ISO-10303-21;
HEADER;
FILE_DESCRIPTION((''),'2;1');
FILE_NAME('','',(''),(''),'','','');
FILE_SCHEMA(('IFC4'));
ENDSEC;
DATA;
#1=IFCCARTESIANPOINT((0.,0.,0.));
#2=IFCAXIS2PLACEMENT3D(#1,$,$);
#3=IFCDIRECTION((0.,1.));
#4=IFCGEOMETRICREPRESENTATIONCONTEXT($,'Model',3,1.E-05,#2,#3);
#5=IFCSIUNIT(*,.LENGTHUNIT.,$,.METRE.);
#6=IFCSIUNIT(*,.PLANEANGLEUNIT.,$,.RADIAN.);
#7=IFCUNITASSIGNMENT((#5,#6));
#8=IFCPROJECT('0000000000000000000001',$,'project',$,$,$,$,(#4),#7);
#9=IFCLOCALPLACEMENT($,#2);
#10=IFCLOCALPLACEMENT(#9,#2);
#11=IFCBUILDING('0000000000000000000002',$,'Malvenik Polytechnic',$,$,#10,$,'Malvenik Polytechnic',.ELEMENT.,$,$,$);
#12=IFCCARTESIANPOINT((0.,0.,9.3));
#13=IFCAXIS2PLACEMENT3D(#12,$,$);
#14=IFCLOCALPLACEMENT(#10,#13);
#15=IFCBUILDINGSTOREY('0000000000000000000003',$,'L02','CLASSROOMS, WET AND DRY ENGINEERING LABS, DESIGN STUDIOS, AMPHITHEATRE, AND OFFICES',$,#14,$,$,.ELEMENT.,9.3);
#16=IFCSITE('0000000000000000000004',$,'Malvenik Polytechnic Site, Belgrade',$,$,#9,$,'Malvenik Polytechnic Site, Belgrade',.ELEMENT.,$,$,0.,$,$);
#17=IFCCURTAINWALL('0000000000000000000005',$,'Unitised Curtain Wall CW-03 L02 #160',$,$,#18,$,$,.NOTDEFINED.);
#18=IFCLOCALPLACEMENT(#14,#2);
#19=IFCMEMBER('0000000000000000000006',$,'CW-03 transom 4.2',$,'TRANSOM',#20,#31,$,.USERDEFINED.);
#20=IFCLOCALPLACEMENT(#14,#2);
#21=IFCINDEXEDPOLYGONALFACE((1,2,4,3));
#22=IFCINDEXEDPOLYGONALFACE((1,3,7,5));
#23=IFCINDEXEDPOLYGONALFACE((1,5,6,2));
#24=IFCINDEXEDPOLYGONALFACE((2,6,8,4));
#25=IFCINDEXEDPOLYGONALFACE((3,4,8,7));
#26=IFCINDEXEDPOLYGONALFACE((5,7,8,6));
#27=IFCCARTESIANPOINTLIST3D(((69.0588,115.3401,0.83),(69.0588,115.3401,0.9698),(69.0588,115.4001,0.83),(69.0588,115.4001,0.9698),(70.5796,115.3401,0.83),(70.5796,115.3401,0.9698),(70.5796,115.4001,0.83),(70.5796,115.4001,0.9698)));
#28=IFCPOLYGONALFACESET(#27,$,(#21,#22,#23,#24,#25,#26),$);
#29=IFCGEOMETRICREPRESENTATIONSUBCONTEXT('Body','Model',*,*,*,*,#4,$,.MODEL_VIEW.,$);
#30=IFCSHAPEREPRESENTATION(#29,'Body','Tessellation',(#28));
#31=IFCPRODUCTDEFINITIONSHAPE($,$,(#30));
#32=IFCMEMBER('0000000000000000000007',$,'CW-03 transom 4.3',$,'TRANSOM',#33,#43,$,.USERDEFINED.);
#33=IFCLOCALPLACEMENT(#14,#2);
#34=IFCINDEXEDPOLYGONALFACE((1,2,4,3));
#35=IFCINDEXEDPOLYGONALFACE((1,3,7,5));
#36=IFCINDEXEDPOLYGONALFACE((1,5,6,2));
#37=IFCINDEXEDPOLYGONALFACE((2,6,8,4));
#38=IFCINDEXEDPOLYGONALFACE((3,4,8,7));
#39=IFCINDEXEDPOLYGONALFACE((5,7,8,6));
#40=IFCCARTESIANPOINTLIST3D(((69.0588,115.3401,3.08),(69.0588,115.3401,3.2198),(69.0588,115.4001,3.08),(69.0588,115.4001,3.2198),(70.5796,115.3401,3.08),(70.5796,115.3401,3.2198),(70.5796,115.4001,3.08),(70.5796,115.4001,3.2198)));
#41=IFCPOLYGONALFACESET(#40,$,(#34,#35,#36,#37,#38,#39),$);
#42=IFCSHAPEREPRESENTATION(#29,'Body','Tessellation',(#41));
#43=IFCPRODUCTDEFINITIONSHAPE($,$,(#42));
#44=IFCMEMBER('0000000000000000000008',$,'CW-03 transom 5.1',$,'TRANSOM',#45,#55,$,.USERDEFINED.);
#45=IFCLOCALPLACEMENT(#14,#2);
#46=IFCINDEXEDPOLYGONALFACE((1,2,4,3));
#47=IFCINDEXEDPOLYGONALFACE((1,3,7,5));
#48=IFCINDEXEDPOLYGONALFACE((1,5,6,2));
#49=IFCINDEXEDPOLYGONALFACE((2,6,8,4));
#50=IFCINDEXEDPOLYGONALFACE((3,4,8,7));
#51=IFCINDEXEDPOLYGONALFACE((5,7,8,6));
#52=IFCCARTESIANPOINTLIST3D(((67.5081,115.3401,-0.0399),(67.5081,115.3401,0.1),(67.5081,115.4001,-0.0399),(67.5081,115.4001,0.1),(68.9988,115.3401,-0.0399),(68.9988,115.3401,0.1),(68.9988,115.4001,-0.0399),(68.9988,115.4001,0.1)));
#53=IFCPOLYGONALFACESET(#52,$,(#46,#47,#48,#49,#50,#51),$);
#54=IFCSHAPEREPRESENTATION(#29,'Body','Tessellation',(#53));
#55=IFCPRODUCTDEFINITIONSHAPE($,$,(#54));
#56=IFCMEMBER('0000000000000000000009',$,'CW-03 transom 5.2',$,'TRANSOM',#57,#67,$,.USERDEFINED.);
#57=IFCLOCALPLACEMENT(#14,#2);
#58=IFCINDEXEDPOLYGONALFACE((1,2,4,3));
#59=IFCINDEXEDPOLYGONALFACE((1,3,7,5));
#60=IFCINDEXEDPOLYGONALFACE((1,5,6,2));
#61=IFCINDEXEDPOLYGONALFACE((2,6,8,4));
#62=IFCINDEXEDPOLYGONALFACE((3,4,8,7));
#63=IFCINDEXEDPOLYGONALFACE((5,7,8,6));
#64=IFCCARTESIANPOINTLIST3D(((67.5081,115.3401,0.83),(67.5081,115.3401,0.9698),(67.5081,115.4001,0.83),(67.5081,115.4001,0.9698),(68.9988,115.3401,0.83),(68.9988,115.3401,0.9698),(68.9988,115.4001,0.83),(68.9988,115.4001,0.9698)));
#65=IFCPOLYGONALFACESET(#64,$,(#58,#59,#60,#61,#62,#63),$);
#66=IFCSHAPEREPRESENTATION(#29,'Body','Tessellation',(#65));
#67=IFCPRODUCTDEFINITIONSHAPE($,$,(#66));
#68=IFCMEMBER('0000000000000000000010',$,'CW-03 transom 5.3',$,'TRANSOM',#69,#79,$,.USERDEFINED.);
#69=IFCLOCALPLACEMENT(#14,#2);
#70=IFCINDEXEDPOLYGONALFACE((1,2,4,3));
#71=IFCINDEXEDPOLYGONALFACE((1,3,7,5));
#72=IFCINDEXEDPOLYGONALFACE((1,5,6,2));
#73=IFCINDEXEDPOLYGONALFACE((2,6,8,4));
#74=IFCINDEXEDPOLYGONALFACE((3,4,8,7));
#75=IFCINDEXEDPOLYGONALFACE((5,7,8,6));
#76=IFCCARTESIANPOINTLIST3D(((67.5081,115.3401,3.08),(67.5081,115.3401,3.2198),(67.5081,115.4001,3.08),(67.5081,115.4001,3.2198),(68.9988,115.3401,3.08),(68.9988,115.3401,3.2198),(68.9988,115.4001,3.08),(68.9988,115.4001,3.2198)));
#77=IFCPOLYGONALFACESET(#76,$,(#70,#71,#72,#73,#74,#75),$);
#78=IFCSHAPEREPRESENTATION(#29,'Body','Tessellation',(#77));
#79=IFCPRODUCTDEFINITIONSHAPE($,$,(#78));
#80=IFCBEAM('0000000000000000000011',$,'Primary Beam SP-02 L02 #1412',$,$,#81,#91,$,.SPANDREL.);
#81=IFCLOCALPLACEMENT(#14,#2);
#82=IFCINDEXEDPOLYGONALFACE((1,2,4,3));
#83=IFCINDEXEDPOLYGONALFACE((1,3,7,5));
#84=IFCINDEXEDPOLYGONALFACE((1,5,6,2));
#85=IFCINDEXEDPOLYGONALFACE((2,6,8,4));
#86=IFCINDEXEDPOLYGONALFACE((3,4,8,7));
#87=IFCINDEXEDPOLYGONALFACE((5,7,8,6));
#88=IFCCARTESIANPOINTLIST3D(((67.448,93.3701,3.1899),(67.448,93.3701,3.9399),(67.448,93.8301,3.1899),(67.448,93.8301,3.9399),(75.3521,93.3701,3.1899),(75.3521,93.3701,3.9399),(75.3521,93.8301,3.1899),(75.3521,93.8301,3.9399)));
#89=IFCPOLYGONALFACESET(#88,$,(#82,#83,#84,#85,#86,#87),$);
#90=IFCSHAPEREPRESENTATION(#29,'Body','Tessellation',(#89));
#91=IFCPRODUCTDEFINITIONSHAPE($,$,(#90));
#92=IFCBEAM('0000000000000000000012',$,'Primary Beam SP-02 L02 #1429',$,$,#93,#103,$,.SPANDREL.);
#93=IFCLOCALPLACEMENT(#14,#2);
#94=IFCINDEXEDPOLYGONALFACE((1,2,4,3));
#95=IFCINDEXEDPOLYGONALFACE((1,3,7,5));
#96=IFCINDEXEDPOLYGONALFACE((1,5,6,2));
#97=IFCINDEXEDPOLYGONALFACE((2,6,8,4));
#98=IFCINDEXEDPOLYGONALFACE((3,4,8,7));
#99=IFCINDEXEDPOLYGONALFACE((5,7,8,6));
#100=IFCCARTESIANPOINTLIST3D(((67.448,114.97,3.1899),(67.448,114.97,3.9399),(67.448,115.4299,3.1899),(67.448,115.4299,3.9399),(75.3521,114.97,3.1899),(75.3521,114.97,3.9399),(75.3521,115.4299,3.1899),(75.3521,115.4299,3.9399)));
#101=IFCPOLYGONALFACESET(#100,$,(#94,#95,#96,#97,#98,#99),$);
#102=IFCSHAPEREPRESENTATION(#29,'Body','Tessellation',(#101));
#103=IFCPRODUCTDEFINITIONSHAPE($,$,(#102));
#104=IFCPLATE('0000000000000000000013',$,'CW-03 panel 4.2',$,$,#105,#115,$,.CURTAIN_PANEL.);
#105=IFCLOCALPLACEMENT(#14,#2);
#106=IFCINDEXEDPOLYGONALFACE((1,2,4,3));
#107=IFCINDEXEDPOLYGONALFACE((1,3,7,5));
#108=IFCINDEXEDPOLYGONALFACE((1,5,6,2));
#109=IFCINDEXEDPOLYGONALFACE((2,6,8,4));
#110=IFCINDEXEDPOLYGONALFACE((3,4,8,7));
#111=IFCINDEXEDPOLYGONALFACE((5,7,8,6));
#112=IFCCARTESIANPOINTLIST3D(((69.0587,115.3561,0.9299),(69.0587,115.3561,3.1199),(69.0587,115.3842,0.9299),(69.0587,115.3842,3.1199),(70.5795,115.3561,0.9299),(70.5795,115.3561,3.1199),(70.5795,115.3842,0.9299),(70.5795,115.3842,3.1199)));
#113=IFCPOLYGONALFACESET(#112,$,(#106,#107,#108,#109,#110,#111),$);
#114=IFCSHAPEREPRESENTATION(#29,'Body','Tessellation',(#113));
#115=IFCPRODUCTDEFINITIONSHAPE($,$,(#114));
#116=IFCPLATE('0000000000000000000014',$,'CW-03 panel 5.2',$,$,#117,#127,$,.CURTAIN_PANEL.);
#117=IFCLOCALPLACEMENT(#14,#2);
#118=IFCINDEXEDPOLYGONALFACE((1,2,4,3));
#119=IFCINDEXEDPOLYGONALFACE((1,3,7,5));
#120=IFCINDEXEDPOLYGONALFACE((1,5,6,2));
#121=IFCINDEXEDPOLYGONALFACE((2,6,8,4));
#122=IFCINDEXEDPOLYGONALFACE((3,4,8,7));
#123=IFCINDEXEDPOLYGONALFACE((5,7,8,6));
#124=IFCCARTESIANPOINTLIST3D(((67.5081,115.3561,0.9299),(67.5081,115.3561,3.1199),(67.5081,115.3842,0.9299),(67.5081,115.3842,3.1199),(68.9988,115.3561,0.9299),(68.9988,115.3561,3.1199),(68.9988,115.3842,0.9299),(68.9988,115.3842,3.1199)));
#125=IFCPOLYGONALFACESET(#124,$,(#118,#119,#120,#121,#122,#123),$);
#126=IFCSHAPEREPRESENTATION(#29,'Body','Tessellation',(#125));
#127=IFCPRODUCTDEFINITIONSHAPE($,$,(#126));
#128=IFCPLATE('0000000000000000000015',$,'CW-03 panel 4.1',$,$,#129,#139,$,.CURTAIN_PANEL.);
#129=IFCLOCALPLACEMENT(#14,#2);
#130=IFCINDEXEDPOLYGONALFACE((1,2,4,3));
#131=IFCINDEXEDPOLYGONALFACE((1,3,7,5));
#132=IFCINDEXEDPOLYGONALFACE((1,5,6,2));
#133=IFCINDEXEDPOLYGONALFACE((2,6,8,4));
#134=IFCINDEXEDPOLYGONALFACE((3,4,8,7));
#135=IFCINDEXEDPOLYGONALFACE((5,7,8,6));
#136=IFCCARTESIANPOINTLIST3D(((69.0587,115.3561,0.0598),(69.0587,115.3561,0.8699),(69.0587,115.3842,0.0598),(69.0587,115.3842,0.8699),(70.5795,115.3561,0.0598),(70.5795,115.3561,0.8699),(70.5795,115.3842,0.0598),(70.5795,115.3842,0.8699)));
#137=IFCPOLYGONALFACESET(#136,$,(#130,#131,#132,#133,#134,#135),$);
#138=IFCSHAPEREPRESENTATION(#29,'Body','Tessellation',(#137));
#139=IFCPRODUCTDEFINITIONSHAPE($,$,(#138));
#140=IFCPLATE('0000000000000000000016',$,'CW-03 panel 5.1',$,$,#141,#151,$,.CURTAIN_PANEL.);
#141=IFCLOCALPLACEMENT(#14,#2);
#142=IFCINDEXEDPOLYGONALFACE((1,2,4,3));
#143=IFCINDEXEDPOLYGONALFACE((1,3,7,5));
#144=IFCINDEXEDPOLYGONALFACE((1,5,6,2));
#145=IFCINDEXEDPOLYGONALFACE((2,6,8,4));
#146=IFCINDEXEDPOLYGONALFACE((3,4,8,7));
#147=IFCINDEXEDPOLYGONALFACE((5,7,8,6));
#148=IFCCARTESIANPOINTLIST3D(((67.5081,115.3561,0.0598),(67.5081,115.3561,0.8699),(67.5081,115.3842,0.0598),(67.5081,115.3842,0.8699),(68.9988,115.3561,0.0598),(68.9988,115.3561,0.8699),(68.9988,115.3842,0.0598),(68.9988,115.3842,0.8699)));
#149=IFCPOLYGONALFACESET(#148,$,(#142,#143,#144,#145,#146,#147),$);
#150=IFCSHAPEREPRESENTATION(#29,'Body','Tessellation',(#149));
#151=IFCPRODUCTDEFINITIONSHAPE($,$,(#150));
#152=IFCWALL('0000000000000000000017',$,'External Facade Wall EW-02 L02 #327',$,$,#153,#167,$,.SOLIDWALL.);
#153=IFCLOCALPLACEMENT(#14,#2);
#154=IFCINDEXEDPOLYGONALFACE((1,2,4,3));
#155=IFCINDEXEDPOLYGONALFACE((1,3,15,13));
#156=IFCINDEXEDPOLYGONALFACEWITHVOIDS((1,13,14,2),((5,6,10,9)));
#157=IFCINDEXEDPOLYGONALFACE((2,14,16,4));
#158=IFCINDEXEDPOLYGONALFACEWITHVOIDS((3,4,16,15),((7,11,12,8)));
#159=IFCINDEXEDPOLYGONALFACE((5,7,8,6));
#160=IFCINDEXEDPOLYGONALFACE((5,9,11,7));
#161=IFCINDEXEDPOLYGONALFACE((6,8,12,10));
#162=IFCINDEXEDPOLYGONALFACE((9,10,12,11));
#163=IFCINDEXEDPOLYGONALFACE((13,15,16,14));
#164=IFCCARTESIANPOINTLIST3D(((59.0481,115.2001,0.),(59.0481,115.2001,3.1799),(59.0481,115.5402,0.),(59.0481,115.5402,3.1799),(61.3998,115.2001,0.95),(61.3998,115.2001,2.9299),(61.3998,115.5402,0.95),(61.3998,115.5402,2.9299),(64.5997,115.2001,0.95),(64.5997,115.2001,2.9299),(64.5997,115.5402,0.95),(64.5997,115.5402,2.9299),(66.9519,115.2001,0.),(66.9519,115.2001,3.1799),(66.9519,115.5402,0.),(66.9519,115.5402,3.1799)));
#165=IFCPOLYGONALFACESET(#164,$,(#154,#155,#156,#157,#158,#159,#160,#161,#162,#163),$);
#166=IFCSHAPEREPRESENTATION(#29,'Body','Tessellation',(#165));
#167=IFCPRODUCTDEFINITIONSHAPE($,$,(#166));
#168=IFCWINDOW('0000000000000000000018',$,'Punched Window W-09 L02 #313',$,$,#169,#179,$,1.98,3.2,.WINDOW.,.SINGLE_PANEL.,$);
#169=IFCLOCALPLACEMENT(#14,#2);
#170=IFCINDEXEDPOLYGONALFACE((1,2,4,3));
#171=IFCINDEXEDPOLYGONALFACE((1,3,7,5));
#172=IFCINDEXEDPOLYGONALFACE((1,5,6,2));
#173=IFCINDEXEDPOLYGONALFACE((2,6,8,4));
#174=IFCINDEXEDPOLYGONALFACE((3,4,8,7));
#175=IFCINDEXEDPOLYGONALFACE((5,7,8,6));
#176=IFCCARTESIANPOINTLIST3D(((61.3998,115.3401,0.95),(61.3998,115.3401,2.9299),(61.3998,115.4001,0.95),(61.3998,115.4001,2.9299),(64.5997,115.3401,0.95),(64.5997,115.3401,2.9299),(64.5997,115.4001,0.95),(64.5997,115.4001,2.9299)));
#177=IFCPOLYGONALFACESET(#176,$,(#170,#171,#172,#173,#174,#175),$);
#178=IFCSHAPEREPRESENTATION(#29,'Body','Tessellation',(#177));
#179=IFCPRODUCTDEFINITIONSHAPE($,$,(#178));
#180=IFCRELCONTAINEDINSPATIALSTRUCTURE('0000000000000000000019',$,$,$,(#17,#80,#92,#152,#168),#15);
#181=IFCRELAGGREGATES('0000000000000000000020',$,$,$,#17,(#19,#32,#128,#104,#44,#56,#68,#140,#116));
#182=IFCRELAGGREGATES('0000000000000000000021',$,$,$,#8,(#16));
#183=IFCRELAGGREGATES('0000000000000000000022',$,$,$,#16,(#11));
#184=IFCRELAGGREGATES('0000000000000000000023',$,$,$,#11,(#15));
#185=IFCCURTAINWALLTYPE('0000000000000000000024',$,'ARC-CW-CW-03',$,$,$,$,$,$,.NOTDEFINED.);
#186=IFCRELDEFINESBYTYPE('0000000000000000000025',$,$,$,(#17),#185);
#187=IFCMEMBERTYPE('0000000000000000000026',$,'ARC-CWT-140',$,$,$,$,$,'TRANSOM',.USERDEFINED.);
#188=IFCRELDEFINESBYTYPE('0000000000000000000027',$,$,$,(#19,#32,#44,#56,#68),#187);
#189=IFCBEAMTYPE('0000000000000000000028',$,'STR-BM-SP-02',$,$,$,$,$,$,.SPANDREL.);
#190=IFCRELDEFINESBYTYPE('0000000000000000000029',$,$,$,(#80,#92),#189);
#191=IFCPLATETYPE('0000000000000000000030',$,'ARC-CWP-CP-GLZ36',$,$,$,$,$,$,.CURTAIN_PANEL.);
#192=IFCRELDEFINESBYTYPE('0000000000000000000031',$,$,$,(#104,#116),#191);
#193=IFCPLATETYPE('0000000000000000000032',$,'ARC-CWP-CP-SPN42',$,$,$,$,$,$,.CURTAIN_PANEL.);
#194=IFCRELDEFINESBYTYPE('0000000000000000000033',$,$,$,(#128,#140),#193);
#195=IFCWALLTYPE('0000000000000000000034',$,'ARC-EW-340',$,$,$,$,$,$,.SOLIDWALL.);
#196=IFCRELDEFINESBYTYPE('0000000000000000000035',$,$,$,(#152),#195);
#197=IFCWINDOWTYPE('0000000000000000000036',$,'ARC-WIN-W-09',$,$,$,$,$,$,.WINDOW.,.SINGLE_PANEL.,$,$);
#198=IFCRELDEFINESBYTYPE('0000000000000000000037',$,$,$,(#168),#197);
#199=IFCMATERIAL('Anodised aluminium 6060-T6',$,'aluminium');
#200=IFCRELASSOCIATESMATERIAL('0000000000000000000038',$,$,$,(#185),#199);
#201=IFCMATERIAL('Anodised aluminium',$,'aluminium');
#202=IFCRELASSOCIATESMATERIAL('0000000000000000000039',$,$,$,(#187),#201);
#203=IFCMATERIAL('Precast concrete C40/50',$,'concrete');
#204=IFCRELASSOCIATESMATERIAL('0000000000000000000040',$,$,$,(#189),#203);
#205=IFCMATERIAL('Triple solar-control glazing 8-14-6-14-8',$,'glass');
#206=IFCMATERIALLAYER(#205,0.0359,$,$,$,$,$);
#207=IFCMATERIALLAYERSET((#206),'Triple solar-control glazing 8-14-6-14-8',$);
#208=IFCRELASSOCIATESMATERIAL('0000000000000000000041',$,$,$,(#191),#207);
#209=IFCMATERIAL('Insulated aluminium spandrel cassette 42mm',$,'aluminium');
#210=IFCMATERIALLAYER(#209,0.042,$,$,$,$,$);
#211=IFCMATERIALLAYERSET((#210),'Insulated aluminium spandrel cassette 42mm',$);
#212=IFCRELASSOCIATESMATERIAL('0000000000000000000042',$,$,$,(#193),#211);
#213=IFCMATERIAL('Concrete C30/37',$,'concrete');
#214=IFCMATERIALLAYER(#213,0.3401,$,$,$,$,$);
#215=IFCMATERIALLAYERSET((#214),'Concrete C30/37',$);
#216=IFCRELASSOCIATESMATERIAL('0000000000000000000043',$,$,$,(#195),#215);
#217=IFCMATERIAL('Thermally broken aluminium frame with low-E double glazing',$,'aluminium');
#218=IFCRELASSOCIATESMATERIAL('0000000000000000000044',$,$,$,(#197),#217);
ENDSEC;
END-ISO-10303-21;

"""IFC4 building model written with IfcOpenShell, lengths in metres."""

from ifc_helpers import new_model, si_unit, direction, frame, frame_2d, origin, origin_2d, place, context, subcontext, project, spatial, rectangle, extrude, material, layer, layer_set, material_profile, profile_set, type_object, element, fill, aggregate, save


model = new_model("IFC4")

# Units and contexts
model_context = context("Model", 3, precision=1e-05, world=origin(), true_north=direction((0.0, 1.0)))
body_context = subcontext(model_context, "Body", "Model", "MODEL_VIEW")
ifc_project = project(units=[si_unit("LENGTHUNIT", "METRE"), si_unit("PLANEANGLEUNIT", "RADIAN")], contexts=[model_context])

# Site, building, storey
site_placement = place(None, origin())
site = spatial("IfcSite", under=ifc_project, at=site_placement, Name="Malvenik Polytechnic Site, Belgrade", LongName="Malvenik Polytechnic Site, Belgrade", CompositionType="ELEMENT", RefElevation=0.0)
building_placement = place(site_placement, origin())
building = spatial("IfcBuilding", under=site, at=building_placement, Name="Malvenik Polytechnic", LongName="Malvenik Polytechnic", CompositionType="ELEMENT")
storey_placement = place(building_placement, frame((0.0, 0.0, 9.3)))
storey = spatial("IfcBuildingStorey", under=building, at=storey_placement, Name="L02", Description="CLASSROOMS, WET AND DRY ENGINEERING LABS, DESIGN STUDIOS, AMPHITHEATRE, AND OFFICES", CompositionType="ELEMENT", Elevation=9.3)

# Curtain wall, members
ifc_material_1 = material(Name="Anodised aluminium 6060-T6", Category="aluminium")
curtain_wall_type = type_object("IfcCurtainWallType", Name="ARC-CW-CW-03", PredefinedType="NOTDEFINED", material=ifc_material_1)
curtain_wall_placement = place(storey_placement, origin())
curtain_wall = element("IfcCurtainWall", 1, at=curtain_wall_placement, inside=storey, type_object=curtain_wall_type, Name="Unitised Curtain Wall CW-03 L02 #160", PredefinedType="NOTDEFINED")
ifc_material_2 = material(Name="Anodised aluminium", Category="aluminium")
ifc_material_profile_1 = material_profile(ifc_material_2, rectangle(XDim=0.0601, YDim=0.1399, at=origin_2d()), Name="ALU TRANSOM 60x140")
ifc_profile_set_1 = profile_set([ifc_material_profile_1], Name="Anodised aluminium")
member_type_1 = type_object("IfcMemberType", Name="ARC-CWT-140", ElementType="TRANSOM", PredefinedType="USERDEFINED", material=ifc_profile_set_1)
member_1_placement = place(storey_placement, frame((70.5796, 115.3701, 0.8999), z_axis=(-1.0, 0.0, 0.0), x_axis=(0.0, -1.0, 0.0)))
member_1 = element("IfcMember", 2, at=member_1_placement, type_object=member_type_1, Name="CW-03 transom 4.2", ObjectType="TRANSOM", PredefinedType="USERDEFINED", context=body_context, shape_type="SweptSolid", body=[
    extrude(rectangle(XDim=0.0601, YDim=0.1399, at=origin_2d()), origin(), (0.0, 0.0, 1.0), 1.5208),
])
member_2_placement = place(storey_placement, frame((70.5796, 115.3701, 3.1499), z_axis=(-1.0, 0.0, 0.0), x_axis=(0.0, -1.0, 0.0)))
member_2 = element("IfcMember", 3, at=member_2_placement, type_object=member_type_1, Name="CW-03 transom 4.3", ObjectType="TRANSOM", PredefinedType="USERDEFINED", context=body_context, shape_type="SweptSolid", body=[
    extrude(rectangle(XDim=0.0601, YDim=0.1399, at=origin_2d()), origin(), (0.0, 0.0, 1.0), 1.5208),
])
member_3_placement = place(storey_placement, frame((68.9988, 115.3701, 0.03), z_axis=(-1.0, 0.0, 0.0), x_axis=(0.0, -1.0, 0.0)))
member_3 = element("IfcMember", 4, at=member_3_placement, type_object=member_type_1, Name="CW-03 transom 5.1", ObjectType="TRANSOM", PredefinedType="USERDEFINED", context=body_context, shape_type="SweptSolid", body=[
    extrude(rectangle(XDim=0.0601, YDim=0.1399, at=origin_2d()), origin(), (0.0, 0.0, 1.0), 1.4907),
])
member_4_placement = place(storey_placement, frame((68.9988, 115.3701, 0.8999), z_axis=(-1.0, 0.0, 0.0), x_axis=(0.0, -1.0, 0.0)))
member_4 = element("IfcMember", 5, at=member_4_placement, type_object=member_type_1, Name="CW-03 transom 5.2", ObjectType="TRANSOM", PredefinedType="USERDEFINED", context=body_context, shape_type="SweptSolid", body=[
    extrude(rectangle(XDim=0.0601, YDim=0.1399, at=origin_2d()), origin(), (0.0, 0.0, 1.0), 1.4907),
])
member_5_placement = place(storey_placement, frame((68.9988, 115.3701, 3.1499), z_axis=(-1.0, 0.0, 0.0), x_axis=(0.0, -1.0, 0.0)))
member_5 = element("IfcMember", 6, at=member_5_placement, type_object=member_type_1, Name="CW-03 transom 5.3", ObjectType="TRANSOM", PredefinedType="USERDEFINED", context=body_context, shape_type="SweptSolid", body=[
    extrude(rectangle(XDim=0.0601, YDim=0.1399, at=origin_2d()), origin(), (0.0, 0.0, 1.0), 1.4907),
])

# Beams
ifc_material_3 = material(Name="Precast concrete C40/50", Category="concrete")
ifc_material_profile_2 = material_profile(ifc_material_3, rectangle(XDim=0.46, YDim=0.75, at=origin_2d()), Name="PC SPN 460x750")
ifc_profile_set_2 = profile_set([ifc_material_profile_2], Name="Precast concrete C40/50")
beam_type = type_object("IfcBeamType", Name="STR-BM-SP-02", PredefinedType="SPANDREL", material=ifc_profile_set_2)
for number, where, z_axis, x_axis, name in (
    (7, (67.448, 93.6001, 3.5649), (1.0, 0.0, 0.0), (0.0, 1.0, 0.0), "Primary Beam SP-02 L02 #1412"),
    (8, (67.448, 115.2, 3.5649), (1.0, 0.0, 0.0), (0.0, 1.0, 0.0), "Primary Beam SP-02 L02 #1429"),
):
    element("IfcBeam", number, at=place(storey_placement, frame(where, z_axis=z_axis, x_axis=x_axis)), inside=storey, type_object=beam_type, Name=name, PredefinedType="SPANDREL", context=body_context, shape_type="SweptSolid", body=[
        extrude(rectangle(XDim=0.46, YDim=0.75, at=origin_2d()), origin(), (0.0, 0.0, 1.0), 7.9041),
    ])

# Plates
ifc_material_4 = material(Name="Triple solar-control glazing 8-14-6-14-8", Category="glass")
ifc_layer_1 = layer(ifc_material_4, 0.0359)
ifc_layer_set_1 = layer_set([ifc_layer_1], Name="Triple solar-control glazing 8-14-6-14-8")
plate_type_1 = type_object("IfcPlateType", Name="ARC-CWP-CP-GLZ36", PredefinedType="CURTAIN_PANEL", material=ifc_layer_set_1)
plate_1_placement = place(storey_placement, frame((69.8191, 115.3701, 0.9299), z_axis=(0.0, 0.0, 1.0), x_axis=(-1.0, 0.0, 0.0)))
plate_1 = element("IfcPlate", 9, at=plate_1_placement, type_object=plate_type_1, Name="CW-03 panel 4.2", PredefinedType="CURTAIN_PANEL", context=body_context, shape_type="SweptSolid", body=[
    extrude(rectangle(XDim=1.5208, YDim=0.0281, at=origin_2d()), origin(), (0.0, 0.0, 1.0), 2.1899),
])
plate_2_placement = place(storey_placement, frame((68.2534, 115.3701, 0.9299), z_axis=(0.0, 0.0, 1.0), x_axis=(-1.0, 0.0, 0.0)))
plate_2 = element("IfcPlate", 10, at=plate_2_placement, type_object=plate_type_1, Name="CW-03 panel 5.2", PredefinedType="CURTAIN_PANEL", context=body_context, shape_type="SweptSolid", body=[
    extrude(rectangle(XDim=1.4907, YDim=0.0281, at=origin_2d()), origin(), (0.0, 0.0, 1.0), 2.1899),
])
ifc_material_5 = material(Name="Insulated aluminium spandrel cassette 42mm", Category="aluminium")
ifc_layer_2 = layer(ifc_material_5, 0.042)
ifc_layer_set_2 = layer_set([ifc_layer_2], Name="Insulated aluminium spandrel cassette 42mm")
plate_type_2 = type_object("IfcPlateType", Name="ARC-CWP-CP-SPN42", PredefinedType="CURTAIN_PANEL", material=ifc_layer_set_2)
plate_3_placement = place(storey_placement, frame((69.8191, 115.3701, 0.0598), z_axis=(0.0, 0.0, 1.0), x_axis=(-1.0, 0.0, 0.0)))
plate_3 = element("IfcPlate", 11, at=plate_3_placement, type_object=plate_type_2, Name="CW-03 panel 4.1", PredefinedType="CURTAIN_PANEL", context=body_context, shape_type="SweptSolid", body=[
    extrude(rectangle(XDim=1.5208, YDim=0.0281, at=origin_2d()), origin(), (0.0, 0.0, 1.0), 0.8101),
])
plate_4_placement = place(storey_placement, frame((68.2534, 115.3701, 0.0598), z_axis=(0.0, 0.0, 1.0), x_axis=(-1.0, 0.0, 0.0)))
plate_4 = element("IfcPlate", 12, at=plate_4_placement, type_object=plate_type_2, Name="CW-03 panel 5.1", PredefinedType="CURTAIN_PANEL", context=body_context, shape_type="SweptSolid", body=[
    extrude(rectangle(XDim=1.4907, YDim=0.0281, at=origin_2d()), origin(), (0.0, 0.0, 1.0), 0.8101),
])
aggregate(curtain_wall, [member_1, member_2, plate_3, plate_1, member_3, member_4, member_5, plate_4, plate_2])

# Wall, opening, window
ifc_material_6 = material(Name="Concrete C30/37", Category="concrete")
ifc_layer_3 = layer(ifc_material_6, 0.3401)
ifc_layer_set_3 = layer_set([ifc_layer_3], Name="Concrete C30/37")
wall_type = type_object("IfcWallType", Name="ARC-EW-340", PredefinedType="SOLIDWALL", material=ifc_layer_set_3)
wall_placement = place(storey_placement, frame((66.9519, 115.3701, 0.0), z_axis=(0.0, 0.0, 1.0), x_axis=(-1.0, 0.0, 0.0)))
wall = element("IfcWall", 13, at=wall_placement, inside=storey, type_object=wall_type, Name="External Facade Wall EW-02 L02 #327", PredefinedType="SOLIDWALL", context=body_context, shape_type="SweptSolid", body=[
    extrude(rectangle(XDim=7.9038, YDim=0.3401, at=frame_2d((3.9519, 0.0))), origin(), (0.0, 0.0, 1.0), 3.1799),
])
opening_placement = place(wall_placement, frame((2.3521, 0.0, 0.95)))
opening = element("IfcOpeningElement", 14, at=opening_placement, cuts=wall, PredefinedType="OPENING", context=body_context, shape_type="SweptSolid", body=[
    extrude(rectangle(XDim=3.2, YDim=1.98, at=frame_2d((1.6001, 0.99))), frame((0.0, 0.1802, 0.0), z_axis=(0.0, -1.0, 0.0), x_axis=(1.0, 0.0, 0.0)), (0.0, 0.0, 1.0), 0.3601),
])
ifc_material_7 = material(Name="Thermally broken aluminium frame with low-E double glazing", Category="aluminium")
window_type = type_object("IfcWindowType", Name="ARC-WIN-W-09", PartitioningType="SINGLE_PANEL", PredefinedType="WINDOW", material=ifc_material_7)
window_placement = place(opening_placement, origin())
window = element("IfcWindow", 15, at=window_placement, inside=storey, type_object=window_type, Name="Punched Window W-09 L02 #313", OverallHeight=1.98, OverallWidth=3.2, PartitioningType="SINGLE_PANEL", PredefinedType="WINDOW", context=body_context, shape_type="SweptSolid", body=[
    extrude(rectangle(XDim=3.2, YDim=1.98, at=frame_2d((1.6001, 0.99))), frame((0.0, 0.03, 0.0), z_axis=(0.0, -1.0, 0.0), x_axis=(1.0, 0.0, 0.0)), (0.0, 0.0, 1.0), 0.0601),
])
fill(opening, window)

save(model, "model.ifc")
